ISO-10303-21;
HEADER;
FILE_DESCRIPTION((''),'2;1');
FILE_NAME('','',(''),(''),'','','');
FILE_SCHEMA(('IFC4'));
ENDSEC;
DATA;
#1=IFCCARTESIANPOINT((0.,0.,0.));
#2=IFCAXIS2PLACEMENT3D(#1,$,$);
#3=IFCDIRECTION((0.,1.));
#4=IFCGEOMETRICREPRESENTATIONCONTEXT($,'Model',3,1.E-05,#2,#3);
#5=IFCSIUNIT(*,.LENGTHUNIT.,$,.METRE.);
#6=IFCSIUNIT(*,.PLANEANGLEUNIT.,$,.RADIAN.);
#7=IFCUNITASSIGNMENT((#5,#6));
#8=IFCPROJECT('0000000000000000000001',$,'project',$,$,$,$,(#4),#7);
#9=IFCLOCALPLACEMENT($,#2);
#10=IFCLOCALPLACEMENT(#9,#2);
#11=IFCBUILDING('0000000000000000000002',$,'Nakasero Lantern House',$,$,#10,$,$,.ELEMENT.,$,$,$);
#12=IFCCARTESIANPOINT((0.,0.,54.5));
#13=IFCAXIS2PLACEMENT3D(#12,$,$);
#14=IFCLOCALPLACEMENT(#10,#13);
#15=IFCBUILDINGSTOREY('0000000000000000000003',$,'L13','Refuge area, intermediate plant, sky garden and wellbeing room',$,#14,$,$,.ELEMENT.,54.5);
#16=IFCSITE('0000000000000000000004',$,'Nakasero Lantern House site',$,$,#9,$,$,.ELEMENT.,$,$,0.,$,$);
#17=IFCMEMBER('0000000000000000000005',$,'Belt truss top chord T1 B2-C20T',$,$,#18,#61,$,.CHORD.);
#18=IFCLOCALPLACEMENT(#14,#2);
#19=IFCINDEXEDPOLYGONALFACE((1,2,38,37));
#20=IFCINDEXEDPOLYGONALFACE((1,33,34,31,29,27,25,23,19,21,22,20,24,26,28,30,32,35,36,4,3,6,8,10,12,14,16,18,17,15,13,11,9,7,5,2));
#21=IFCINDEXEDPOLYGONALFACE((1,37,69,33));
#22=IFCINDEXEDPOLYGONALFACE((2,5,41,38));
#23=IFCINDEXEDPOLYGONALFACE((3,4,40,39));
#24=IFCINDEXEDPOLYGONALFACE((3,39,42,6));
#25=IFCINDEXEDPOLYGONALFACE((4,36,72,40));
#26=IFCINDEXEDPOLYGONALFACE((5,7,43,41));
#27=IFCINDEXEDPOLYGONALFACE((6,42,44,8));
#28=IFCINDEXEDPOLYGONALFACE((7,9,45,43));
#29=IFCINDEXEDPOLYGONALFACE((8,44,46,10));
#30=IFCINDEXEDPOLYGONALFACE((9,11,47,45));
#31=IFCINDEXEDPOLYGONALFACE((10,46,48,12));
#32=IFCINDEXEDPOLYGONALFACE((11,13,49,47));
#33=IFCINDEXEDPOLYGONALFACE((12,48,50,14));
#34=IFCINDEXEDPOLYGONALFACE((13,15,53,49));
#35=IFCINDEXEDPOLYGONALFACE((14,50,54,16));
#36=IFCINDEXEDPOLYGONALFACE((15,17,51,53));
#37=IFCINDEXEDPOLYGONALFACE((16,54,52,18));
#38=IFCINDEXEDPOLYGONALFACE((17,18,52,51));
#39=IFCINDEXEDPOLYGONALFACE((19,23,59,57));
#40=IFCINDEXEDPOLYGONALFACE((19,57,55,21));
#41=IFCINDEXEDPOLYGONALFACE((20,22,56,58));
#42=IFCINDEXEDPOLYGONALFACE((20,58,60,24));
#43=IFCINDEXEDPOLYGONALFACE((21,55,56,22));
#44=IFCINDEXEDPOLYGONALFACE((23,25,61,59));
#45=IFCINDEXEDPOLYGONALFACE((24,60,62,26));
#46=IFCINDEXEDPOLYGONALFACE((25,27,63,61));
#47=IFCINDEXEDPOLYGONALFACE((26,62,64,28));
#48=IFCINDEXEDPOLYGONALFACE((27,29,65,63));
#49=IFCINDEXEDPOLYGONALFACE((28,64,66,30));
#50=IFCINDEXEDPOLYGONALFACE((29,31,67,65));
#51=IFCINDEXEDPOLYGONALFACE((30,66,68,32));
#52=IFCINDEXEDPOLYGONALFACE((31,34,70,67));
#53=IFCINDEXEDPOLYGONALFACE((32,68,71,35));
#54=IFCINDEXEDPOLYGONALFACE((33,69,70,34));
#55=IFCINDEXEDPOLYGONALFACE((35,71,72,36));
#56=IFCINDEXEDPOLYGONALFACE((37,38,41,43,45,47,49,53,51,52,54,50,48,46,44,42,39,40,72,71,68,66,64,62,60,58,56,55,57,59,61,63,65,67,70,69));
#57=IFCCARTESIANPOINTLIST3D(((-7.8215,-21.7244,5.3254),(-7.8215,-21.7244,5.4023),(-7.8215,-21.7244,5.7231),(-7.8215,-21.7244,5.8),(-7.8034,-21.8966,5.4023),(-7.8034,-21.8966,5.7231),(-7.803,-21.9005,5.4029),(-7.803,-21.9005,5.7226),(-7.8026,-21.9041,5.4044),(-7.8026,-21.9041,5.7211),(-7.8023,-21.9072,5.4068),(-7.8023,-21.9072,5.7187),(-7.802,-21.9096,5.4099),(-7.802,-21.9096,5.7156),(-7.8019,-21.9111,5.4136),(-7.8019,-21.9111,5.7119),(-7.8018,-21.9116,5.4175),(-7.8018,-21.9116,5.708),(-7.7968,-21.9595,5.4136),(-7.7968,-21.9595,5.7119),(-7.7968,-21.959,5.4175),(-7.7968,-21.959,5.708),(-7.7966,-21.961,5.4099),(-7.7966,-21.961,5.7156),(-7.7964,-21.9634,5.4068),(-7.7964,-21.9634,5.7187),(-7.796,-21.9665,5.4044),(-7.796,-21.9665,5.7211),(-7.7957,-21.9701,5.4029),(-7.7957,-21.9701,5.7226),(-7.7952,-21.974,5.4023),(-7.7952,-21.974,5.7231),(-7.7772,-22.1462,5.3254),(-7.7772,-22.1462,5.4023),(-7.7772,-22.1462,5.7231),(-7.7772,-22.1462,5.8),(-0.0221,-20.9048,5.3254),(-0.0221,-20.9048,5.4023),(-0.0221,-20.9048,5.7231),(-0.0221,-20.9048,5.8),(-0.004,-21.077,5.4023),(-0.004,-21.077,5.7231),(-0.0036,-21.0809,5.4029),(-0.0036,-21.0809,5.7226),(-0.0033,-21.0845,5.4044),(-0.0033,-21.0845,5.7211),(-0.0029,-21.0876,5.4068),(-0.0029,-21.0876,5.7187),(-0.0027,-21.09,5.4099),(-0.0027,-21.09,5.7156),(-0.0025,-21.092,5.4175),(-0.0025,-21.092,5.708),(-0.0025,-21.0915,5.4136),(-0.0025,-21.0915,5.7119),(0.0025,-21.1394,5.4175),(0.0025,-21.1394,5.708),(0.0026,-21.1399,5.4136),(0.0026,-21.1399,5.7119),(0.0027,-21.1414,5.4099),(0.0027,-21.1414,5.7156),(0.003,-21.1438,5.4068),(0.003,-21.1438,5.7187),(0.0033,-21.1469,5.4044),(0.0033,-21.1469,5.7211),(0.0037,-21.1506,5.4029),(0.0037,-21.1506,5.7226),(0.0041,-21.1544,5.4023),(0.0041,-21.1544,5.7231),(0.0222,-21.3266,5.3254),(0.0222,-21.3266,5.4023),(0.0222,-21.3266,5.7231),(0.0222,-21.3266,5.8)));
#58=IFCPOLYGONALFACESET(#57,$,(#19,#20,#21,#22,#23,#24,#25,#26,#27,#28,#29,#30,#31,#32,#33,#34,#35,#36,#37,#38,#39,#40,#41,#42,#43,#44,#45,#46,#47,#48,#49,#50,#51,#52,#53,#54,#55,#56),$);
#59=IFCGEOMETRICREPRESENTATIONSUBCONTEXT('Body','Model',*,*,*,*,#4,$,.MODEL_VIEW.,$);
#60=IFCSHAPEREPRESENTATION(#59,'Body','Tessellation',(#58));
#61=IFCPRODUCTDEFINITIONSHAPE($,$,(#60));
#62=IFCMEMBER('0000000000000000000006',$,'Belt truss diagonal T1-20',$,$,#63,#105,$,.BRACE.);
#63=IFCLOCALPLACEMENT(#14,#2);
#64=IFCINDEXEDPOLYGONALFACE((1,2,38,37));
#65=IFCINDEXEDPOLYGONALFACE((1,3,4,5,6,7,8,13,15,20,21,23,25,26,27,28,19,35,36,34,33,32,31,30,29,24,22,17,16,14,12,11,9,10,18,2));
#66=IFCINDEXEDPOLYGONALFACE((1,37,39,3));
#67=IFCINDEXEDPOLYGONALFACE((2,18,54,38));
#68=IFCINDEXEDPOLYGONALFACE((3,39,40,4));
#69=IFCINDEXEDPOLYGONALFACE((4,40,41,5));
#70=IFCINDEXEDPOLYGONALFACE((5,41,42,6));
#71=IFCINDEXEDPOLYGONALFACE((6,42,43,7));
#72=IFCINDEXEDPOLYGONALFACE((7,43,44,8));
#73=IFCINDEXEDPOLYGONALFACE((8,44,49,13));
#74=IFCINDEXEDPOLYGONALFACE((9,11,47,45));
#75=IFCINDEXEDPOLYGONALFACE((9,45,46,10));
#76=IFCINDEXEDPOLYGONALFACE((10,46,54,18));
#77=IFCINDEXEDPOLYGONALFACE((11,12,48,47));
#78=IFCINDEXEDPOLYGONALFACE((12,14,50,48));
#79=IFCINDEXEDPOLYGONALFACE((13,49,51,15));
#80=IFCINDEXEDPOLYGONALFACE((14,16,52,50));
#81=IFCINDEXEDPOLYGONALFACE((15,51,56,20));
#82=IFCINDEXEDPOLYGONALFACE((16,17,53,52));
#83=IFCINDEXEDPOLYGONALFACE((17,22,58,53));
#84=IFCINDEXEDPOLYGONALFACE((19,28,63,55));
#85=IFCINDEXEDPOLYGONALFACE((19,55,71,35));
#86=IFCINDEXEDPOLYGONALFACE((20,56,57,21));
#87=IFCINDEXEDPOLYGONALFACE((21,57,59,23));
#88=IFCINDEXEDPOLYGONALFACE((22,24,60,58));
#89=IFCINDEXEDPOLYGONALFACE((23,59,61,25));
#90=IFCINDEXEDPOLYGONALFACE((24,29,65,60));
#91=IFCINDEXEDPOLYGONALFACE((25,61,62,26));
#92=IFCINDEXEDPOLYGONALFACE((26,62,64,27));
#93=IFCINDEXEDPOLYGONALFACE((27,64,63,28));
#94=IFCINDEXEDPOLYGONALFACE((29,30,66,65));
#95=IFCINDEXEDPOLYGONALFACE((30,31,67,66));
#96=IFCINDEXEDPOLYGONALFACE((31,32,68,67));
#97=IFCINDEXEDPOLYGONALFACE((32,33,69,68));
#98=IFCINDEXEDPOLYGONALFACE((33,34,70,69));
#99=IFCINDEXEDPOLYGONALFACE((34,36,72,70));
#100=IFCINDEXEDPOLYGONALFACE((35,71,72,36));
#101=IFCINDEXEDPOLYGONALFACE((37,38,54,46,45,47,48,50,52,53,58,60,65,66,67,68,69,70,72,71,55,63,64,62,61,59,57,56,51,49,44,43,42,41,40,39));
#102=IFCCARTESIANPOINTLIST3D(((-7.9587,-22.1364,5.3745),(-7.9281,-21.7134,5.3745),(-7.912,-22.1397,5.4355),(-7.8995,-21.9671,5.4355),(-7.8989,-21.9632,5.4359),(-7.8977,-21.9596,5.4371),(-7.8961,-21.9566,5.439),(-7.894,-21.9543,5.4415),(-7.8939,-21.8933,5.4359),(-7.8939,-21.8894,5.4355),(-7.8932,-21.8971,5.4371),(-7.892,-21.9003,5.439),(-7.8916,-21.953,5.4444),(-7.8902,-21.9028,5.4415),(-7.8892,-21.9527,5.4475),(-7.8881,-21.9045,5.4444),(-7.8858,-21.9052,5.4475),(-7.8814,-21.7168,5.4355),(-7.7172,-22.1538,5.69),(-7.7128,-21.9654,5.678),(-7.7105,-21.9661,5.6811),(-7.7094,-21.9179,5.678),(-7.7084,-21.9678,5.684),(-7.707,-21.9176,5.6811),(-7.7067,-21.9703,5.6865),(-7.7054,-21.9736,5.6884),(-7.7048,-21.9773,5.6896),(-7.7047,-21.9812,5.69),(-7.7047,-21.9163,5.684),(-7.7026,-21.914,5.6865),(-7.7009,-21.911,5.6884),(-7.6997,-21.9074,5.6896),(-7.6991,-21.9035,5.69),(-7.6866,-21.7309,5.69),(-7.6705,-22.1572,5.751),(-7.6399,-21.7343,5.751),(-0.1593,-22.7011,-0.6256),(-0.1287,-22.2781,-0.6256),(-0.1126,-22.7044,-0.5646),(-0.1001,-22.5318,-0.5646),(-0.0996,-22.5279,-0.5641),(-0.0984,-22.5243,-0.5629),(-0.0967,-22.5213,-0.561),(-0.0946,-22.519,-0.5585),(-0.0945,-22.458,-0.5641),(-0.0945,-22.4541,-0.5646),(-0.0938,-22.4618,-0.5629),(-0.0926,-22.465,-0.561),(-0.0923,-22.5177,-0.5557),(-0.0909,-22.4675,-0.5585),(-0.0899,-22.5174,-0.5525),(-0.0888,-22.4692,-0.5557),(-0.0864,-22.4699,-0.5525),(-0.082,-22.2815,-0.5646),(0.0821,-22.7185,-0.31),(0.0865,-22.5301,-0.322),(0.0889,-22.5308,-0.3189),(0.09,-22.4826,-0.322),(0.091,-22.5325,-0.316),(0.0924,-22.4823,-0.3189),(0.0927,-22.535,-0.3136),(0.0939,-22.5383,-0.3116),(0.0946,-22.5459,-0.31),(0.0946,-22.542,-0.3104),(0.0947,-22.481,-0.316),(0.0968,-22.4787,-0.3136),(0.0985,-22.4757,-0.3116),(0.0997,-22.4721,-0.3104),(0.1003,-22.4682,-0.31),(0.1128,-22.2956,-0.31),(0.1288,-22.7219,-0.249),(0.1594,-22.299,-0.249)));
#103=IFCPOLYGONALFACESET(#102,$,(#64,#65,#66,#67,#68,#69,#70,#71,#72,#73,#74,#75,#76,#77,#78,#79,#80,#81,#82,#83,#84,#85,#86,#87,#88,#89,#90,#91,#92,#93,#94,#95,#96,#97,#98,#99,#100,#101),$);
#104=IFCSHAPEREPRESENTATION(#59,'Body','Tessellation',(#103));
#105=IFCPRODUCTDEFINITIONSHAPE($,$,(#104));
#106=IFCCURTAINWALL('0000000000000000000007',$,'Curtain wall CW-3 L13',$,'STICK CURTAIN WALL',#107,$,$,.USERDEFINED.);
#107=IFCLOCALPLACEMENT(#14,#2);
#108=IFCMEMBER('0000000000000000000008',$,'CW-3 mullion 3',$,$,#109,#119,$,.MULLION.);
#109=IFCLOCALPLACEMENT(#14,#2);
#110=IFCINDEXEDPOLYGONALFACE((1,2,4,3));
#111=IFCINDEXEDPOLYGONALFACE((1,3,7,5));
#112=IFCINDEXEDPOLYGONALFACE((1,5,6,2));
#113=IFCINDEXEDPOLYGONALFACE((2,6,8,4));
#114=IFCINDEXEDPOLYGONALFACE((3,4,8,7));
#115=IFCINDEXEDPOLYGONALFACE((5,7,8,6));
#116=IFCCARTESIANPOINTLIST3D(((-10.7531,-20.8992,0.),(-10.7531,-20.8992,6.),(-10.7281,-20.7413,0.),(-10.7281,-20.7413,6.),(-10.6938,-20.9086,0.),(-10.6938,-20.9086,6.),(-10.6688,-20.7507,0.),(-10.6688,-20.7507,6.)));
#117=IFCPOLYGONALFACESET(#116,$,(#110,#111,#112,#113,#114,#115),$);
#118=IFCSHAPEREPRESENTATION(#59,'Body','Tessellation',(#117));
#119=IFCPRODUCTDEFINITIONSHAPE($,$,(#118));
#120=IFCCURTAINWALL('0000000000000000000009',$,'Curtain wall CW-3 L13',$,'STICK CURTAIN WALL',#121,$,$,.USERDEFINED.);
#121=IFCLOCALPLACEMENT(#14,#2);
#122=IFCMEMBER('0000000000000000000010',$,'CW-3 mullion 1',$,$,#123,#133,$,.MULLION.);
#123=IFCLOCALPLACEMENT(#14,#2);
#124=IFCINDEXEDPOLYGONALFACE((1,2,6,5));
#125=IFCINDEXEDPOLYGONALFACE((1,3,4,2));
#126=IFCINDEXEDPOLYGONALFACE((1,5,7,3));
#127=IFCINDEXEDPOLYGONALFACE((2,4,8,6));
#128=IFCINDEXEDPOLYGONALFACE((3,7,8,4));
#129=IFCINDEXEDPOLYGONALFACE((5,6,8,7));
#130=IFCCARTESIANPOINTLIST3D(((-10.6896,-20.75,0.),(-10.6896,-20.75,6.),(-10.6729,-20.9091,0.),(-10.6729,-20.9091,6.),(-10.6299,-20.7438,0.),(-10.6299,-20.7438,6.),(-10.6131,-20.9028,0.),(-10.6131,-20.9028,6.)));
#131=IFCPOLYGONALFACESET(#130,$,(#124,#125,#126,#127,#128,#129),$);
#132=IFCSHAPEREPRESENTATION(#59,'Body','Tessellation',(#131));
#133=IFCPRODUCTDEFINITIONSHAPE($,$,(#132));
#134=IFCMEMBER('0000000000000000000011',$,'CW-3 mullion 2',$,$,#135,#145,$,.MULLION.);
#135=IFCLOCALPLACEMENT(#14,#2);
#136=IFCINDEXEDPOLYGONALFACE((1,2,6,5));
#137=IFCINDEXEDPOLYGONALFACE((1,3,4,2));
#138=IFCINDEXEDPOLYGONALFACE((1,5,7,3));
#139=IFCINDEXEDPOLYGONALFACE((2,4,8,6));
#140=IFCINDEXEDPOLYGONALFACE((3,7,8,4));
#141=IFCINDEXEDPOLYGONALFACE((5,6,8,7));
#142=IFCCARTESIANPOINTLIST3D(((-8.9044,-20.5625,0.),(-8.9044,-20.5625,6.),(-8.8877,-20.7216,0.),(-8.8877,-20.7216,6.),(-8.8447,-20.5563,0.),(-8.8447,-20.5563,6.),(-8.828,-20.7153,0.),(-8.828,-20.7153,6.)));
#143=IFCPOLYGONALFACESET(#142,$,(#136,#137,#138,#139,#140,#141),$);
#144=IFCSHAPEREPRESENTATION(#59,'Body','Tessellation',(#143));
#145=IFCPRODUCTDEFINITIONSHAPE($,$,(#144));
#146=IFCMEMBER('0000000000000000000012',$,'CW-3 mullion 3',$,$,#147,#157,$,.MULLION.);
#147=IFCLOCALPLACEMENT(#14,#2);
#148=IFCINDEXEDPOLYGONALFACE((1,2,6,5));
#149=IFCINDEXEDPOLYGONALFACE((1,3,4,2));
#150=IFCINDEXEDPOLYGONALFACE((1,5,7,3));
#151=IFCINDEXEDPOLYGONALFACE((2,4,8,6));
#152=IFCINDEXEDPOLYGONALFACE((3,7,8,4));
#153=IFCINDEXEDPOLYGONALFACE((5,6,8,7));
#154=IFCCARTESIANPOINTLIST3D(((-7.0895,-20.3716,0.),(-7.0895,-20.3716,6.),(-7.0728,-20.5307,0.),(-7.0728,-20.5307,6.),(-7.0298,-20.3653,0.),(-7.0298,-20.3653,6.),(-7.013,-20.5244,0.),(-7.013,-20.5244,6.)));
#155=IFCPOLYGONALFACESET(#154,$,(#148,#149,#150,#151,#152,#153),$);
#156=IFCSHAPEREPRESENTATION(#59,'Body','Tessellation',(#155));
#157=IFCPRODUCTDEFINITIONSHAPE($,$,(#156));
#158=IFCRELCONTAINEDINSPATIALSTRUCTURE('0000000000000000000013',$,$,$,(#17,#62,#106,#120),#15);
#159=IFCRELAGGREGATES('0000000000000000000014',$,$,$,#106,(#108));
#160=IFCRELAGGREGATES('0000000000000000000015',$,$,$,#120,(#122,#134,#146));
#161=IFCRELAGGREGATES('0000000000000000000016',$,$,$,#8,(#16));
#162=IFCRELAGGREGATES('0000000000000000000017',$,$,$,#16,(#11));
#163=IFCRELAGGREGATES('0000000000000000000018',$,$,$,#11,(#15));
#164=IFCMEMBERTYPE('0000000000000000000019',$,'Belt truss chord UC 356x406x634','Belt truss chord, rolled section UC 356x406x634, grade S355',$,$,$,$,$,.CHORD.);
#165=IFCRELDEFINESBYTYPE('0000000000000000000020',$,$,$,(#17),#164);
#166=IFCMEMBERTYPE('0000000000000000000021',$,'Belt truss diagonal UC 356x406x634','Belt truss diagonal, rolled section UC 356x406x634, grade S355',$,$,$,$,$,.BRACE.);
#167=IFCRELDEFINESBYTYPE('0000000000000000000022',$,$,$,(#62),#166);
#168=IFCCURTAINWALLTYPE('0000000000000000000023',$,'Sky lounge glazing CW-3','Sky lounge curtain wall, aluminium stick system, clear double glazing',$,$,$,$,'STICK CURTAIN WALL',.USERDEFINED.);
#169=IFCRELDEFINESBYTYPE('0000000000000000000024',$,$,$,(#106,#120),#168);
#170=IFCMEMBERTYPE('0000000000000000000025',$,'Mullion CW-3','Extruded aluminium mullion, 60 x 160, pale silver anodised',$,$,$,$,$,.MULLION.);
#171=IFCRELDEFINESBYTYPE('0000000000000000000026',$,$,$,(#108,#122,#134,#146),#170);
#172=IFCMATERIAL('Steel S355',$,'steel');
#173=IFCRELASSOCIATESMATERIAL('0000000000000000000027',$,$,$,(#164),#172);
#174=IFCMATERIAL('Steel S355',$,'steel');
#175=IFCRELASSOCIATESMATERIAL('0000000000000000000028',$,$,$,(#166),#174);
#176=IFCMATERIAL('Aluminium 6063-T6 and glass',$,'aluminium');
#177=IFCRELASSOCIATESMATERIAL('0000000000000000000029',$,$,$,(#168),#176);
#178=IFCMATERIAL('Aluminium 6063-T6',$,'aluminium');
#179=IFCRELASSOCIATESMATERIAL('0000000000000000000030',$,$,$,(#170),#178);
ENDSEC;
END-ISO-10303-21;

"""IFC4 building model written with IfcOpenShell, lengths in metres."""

from ifc_helpers import new_model, si_unit, direction, frame, origin, origin_2d, place, context, subcontext, project, spatial, rectangle, i_section, extrude, material, material_profile, profile_set, type_object, element, aggregate, save


model = new_model("IFC4")

# Units and contexts
model_context = context("Model", 3, precision=1e-05, world=origin(), true_north=direction((0.0, 1.0)))
body_context = subcontext(model_context, "Body", "Model", "MODEL_VIEW")
ifc_project = project(units=[si_unit("LENGTHUNIT", "METRE"), si_unit("PLANEANGLEUNIT", "RADIAN")], contexts=[model_context])

# Site, building, storey
site_placement = place(None, origin())
site = spatial("IfcSite", under=ifc_project, at=site_placement, Name="Nakasero Lantern House site", CompositionType="ELEMENT", RefElevation=0.0)
building_placement = place(site_placement, origin())
building = spatial("IfcBuilding", under=site, at=building_placement, Name="Nakasero Lantern House", CompositionType="ELEMENT")
storey_placement = place(building_placement, frame((0.0, 0.0, 54.5)))
storey = spatial("IfcBuildingStorey", under=building, at=storey_placement, Name="L13", Description="Refuge area, intermediate plant, sky garden and wellbeing room", CompositionType="ELEMENT", Elevation=54.5)

# Members
ifc_material_1 = material(Name="Steel S355", Category="steel")
ifc_material_profile_1 = material_profile(ifc_material_1, i_section(OverallWidth=0.4241, OverallDepth=0.4746, WebThickness=0.0476, FlangeThickness=0.0769, FilletRadius=0.0151, at=origin_2d()), Name="UC 356x406x634")
ifc_profile_set_1 = profile_set([ifc_material_profile_1], Name="Steel S355")
member_type_1 = type_object("IfcMemberType", Name="Belt truss chord UC 356x406x634", Description="Belt truss chord, rolled section UC 356x406x634, grade S355", PredefinedType="CHORD", material=ifc_profile_set_1)
member_1_placement = place(storey_placement, frame((-7.7993, -21.9353, 5.5627), z_axis=(0.994524, 0.104508, 0.0), x_axis=(-0.104508, 0.994524, 0.0)))
element("IfcMember", 1, at=member_1_placement, inside=storey, type_object=member_type_1, Name="Belt truss top chord T1 B2-C20T", PredefinedType="CHORD", context=body_context, shape_type="SweptSolid", body=[
    extrude(i_section(OverallWidth=0.4241, OverallDepth=0.4746, WebThickness=0.0476, FlangeThickness=0.0769, FilletRadius=0.0151, at=origin_2d()), origin(), (0.0, 0.0, 1.0), 7.8423),
])
ifc_material_2 = material(Name="Steel S355", Category="steel")
ifc_material_profile_2 = material_profile(ifc_material_2, i_section(OverallWidth=0.4241, OverallDepth=0.4746, WebThickness=0.0476, FlangeThickness=0.0769, FilletRadius=0.0151, at=origin_2d()), Name="UC 356x406x634")
ifc_profile_set_2 = profile_set([ifc_material_profile_2], Name="Steel S355")
member_type_2 = type_object("IfcMemberType", Name="Belt truss diagonal UC 356x406x634", Description="Belt truss diagonal, rolled section UC 356x406x634, grade S355", PredefinedType="BRACE", material=ifc_profile_set_2)
member_2_placement = place(storey_placement, frame((-7.7993, -21.9353, 5.5627), z_axis=(0.791296, -0.057293, -0.608743), x_axis=(0.072214, 0.997389, 0.0)))
element("IfcMember", 2, at=member_2_placement, inside=storey, type_object=member_type_2, Name="Belt truss diagonal T1-20", PredefinedType="BRACE", context=body_context, shape_type="SweptSolid", body=[
    extrude(i_section(OverallWidth=0.4241, OverallDepth=0.4746, WebThickness=0.0476, FlangeThickness=0.0769, FilletRadius=0.0151, at=origin_2d()), origin(), (0.0, 0.0, 1.0), 9.8564),
])

# Curtain wall, member
ifc_material_3 = material(Name="Aluminium 6063-T6 and glass", Category="aluminium")
curtain_wall_type = type_object("IfcCurtainWallType", Name="Sky lounge glazing CW-3", Description="Sky lounge curtain wall, aluminium stick system, clear double glazing", ElementType="STICK CURTAIN WALL", PredefinedType="USERDEFINED", material=ifc_material_3)
curtain_wall_1_placement = place(storey_placement, origin())
curtain_wall_1 = element("IfcCurtainWall", 3, at=curtain_wall_1_placement, inside=storey, type_object=curtain_wall_type, Name="Curtain wall CW-3 L13", ObjectType="STICK CURTAIN WALL", PredefinedType="USERDEFINED")
ifc_material_4 = material(Name="Aluminium 6063-T6", Category="aluminium")
ifc_material_profile_3 = material_profile(ifc_material_4, rectangle(XDim=0.0601, YDim=0.1599, at=origin_2d()), Name="CW-3 mullion 60x160")
ifc_profile_set_3 = profile_set([ifc_material_profile_3], Name="Aluminium 6063-T6")
member_type_3 = type_object("IfcMemberType", Name="Mullion CW-3", Description="Extruded aluminium mullion, 60 x 160, pale silver anodised", PredefinedType="MULLION", material=ifc_profile_set_3)
member_3_placement = place(storey_placement, frame((-10.7109, -20.825, 0.0), z_axis=(0.0, 0.0, 1.0), x_axis=(0.987688, -0.156434, 0.0)))
member_3 = element("IfcMember", 4, at=member_3_placement, type_object=member_type_3, Name="CW-3 mullion 3", PredefinedType="MULLION", context=body_context, shape_type="SweptSolid", body=[
    extrude(rectangle(XDim=0.0601, YDim=0.1599, at=origin_2d()), origin(), (0.0, 0.0, 1.0), 6.0),
])

# Curtain wall, members
curtain_wall_2_placement = place(storey_placement, origin())
curtain_wall_2 = element("IfcCurtainWall", 5, at=curtain_wall_2_placement, inside=storey, type_object=curtain_wall_type, Name="Curtain wall CW-3 L13", ObjectType="STICK CURTAIN WALL", PredefinedType="USERDEFINED")
member_4_placement = place(storey_placement, frame((-10.6514, -20.8264, 0.0), z_axis=(0.0, 0.0, 1.0), x_axis=(0.994522, 0.104528, 0.0)))
member_4 = element("IfcMember", 6, at=member_4_placement, type_object=member_type_3, Name="CW-3 mullion 1", PredefinedType="MULLION", context=body_context, shape_type="SweptSolid", body=[
    extrude(rectangle(XDim=0.0601, YDim=0.1599, at=origin_2d()), origin(), (0.0, 0.0, 1.0), 6.0),
])
member_5_placement = place(storey_placement, frame((-8.8662, -20.6389, 0.0), z_axis=(0.0, 0.0, 1.0), x_axis=(0.994522, 0.104528, 0.0)))
member_5 = element("IfcMember", 7, at=member_5_placement, type_object=member_type_3, Name="CW-3 mullion 2", PredefinedType="MULLION", context=body_context, shape_type="SweptSolid", body=[
    extrude(rectangle(XDim=0.0601, YDim=0.1599, at=origin_2d()), origin(), (0.0, 0.0, 1.0), 6.0),
])
member_6_placement = place(storey_placement, frame((-7.0513, -20.448, 0.0), z_axis=(0.0, 0.0, 1.0), x_axis=(0.994522, 0.104528, 0.0)))
member_6 = element("IfcMember", 8, at=member_6_placement, type_object=member_type_3, Name="CW-3 mullion 3", PredefinedType="MULLION", context=body_context, shape_type="SweptSolid", body=[
    extrude(rectangle(XDim=0.0601, YDim=0.1599, at=origin_2d()), origin(), (0.0, 0.0, 1.0), 6.0),
])

aggregate(curtain_wall_1, [member_3])
aggregate(curtain_wall_2, [member_4, member_5, member_6])

save(model, "model.ifc")
